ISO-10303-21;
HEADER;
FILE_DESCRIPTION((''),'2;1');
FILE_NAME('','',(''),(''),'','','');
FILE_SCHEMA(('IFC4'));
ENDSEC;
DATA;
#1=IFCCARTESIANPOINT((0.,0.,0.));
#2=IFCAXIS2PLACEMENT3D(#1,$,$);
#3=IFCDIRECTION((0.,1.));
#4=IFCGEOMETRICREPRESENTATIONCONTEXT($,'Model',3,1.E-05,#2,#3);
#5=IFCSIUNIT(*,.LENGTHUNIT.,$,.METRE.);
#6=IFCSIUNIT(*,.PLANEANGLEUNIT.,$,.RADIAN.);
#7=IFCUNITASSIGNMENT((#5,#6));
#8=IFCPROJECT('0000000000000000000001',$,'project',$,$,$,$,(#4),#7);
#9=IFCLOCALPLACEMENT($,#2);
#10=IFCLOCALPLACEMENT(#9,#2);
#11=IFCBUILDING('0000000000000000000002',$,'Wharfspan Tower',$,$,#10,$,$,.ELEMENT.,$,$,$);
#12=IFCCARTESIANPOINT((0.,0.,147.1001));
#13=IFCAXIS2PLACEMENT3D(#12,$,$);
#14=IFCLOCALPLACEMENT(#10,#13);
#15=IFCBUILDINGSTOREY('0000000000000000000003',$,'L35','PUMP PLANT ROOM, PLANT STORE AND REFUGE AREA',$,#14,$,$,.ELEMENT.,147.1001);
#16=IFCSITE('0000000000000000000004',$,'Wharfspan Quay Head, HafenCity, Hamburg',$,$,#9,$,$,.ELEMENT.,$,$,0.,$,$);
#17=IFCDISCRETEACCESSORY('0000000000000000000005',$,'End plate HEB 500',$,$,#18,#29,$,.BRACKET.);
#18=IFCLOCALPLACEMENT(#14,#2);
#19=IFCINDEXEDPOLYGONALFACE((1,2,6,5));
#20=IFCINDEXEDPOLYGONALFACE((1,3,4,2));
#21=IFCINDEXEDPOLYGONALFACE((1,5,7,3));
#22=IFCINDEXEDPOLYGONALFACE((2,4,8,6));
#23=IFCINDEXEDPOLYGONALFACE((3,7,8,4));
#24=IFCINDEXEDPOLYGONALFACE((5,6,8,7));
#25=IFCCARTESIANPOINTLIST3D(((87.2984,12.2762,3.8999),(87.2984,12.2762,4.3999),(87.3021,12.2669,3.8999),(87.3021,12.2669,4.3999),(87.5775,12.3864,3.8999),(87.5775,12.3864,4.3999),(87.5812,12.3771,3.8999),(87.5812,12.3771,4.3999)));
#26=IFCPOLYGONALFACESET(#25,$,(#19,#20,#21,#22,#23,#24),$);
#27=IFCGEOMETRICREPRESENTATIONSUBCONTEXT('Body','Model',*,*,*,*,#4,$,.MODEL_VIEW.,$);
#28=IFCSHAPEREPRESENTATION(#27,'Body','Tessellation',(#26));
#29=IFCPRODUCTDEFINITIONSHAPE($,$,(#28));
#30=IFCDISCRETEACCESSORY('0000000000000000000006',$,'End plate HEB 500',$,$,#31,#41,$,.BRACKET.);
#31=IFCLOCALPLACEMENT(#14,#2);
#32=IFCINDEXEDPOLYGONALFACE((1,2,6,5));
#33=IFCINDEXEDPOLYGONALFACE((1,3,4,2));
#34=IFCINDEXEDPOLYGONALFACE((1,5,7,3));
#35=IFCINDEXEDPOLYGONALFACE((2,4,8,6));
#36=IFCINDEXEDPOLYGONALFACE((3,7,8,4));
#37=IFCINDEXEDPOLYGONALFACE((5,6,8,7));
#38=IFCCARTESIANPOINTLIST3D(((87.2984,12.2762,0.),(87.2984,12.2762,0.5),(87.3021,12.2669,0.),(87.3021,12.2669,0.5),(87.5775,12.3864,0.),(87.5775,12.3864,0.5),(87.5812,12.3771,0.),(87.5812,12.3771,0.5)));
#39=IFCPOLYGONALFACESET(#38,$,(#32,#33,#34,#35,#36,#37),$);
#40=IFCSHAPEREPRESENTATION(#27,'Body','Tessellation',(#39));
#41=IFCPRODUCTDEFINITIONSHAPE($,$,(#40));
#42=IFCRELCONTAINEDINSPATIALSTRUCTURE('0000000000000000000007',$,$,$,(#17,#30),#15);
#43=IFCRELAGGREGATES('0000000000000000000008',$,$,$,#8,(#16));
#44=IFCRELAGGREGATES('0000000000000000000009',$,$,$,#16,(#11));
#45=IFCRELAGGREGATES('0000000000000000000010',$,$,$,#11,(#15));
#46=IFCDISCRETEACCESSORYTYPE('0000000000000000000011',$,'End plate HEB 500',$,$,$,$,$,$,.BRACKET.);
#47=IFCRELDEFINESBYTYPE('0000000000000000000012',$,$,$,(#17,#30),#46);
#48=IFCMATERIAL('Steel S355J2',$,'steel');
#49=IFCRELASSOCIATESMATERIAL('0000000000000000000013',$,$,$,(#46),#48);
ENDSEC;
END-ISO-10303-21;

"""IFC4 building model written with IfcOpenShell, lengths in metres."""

from ifc_helpers import new_model, si_unit, direction, frame, origin, origin_2d, place, context, subcontext, project, spatial, rectangle, extrude, material, material_profile, profile_set, type_object, element, save


model = new_model("IFC4")

# Units and contexts
model_context = context("Model", 3, precision=1e-05, world=origin(), true_north=direction((0.0, 1.0)))
body_context = subcontext(model_context, "Body", "Model", "MODEL_VIEW")
ifc_project = project(units=[si_unit("LENGTHUNIT", "METRE"), si_unit("PLANEANGLEUNIT", "RADIAN")], contexts=[model_context])

# Site, building, storey
site_placement = place(None, origin())
site = spatial("IfcSite", under=ifc_project, at=site_placement, Name="Wharfspan Quay Head, HafenCity, Hamburg", CompositionType="ELEMENT", RefElevation=0.0)
building_placement = place(site_placement, origin())
building = spatial("IfcBuilding", under=site, at=building_placement, Name="Wharfspan Tower", CompositionType="ELEMENT")
storey_placement = place(building_placement, frame((0.0, 0.0, 147.1001)))
storey = spatial("IfcBuildingStorey", under=building, at=storey_placement, Name="L35", Description="PUMP PLANT ROOM, PLANT STORE AND REFUGE AREA", CompositionType="ELEMENT", Elevation=147.1001)

# Shared definitions
ifc_material_1 = material(Name="Steel S355J2", Category="steel")

# Discrete accessories
ifc_material_profile_1 = material_profile(ifc_material_1, rectangle(XDim=0.3, YDim=0.5, at=origin_2d()))
ifc_profile_set_1 = profile_set([ifc_material_profile_1], Name="Steel S355J2")
discrete_accessory_type_1 = type_object("IfcDiscreteAccessoryType", Name="End plate HEB 500", PredefinedType="BRACKET", material=ifc_profile_set_1)
for number, where, z_axis, x_axis, name in (
    (1, (87.4416, 12.322, 4.1499), (-0.367167, 0.930155, 0.0), (-0.930155, -0.367167, 0.0), "End plate HEB 500"),
    (2, (87.4416, 12.322, 0.25), (-0.367167, 0.930155, 0.0), (-0.930155, -0.367167, 0.0), "End plate HEB 500"),
):
    element("IfcDiscreteAccessory", number, at=place(storey_placement, frame(where, z_axis=z_axis, x_axis=x_axis)), inside=storey, type_object=discrete_accessory_type_1, Name=name, PredefinedType="BRACKET", context=body_context, shape_type="SweptSolid", body=[
        extrude(rectangle(XDim=0.3, YDim=0.5, at=origin_2d()), origin(), (0.0, 0.0, 1.0), 0.01),
    ])

save(model, "model.ifc")
